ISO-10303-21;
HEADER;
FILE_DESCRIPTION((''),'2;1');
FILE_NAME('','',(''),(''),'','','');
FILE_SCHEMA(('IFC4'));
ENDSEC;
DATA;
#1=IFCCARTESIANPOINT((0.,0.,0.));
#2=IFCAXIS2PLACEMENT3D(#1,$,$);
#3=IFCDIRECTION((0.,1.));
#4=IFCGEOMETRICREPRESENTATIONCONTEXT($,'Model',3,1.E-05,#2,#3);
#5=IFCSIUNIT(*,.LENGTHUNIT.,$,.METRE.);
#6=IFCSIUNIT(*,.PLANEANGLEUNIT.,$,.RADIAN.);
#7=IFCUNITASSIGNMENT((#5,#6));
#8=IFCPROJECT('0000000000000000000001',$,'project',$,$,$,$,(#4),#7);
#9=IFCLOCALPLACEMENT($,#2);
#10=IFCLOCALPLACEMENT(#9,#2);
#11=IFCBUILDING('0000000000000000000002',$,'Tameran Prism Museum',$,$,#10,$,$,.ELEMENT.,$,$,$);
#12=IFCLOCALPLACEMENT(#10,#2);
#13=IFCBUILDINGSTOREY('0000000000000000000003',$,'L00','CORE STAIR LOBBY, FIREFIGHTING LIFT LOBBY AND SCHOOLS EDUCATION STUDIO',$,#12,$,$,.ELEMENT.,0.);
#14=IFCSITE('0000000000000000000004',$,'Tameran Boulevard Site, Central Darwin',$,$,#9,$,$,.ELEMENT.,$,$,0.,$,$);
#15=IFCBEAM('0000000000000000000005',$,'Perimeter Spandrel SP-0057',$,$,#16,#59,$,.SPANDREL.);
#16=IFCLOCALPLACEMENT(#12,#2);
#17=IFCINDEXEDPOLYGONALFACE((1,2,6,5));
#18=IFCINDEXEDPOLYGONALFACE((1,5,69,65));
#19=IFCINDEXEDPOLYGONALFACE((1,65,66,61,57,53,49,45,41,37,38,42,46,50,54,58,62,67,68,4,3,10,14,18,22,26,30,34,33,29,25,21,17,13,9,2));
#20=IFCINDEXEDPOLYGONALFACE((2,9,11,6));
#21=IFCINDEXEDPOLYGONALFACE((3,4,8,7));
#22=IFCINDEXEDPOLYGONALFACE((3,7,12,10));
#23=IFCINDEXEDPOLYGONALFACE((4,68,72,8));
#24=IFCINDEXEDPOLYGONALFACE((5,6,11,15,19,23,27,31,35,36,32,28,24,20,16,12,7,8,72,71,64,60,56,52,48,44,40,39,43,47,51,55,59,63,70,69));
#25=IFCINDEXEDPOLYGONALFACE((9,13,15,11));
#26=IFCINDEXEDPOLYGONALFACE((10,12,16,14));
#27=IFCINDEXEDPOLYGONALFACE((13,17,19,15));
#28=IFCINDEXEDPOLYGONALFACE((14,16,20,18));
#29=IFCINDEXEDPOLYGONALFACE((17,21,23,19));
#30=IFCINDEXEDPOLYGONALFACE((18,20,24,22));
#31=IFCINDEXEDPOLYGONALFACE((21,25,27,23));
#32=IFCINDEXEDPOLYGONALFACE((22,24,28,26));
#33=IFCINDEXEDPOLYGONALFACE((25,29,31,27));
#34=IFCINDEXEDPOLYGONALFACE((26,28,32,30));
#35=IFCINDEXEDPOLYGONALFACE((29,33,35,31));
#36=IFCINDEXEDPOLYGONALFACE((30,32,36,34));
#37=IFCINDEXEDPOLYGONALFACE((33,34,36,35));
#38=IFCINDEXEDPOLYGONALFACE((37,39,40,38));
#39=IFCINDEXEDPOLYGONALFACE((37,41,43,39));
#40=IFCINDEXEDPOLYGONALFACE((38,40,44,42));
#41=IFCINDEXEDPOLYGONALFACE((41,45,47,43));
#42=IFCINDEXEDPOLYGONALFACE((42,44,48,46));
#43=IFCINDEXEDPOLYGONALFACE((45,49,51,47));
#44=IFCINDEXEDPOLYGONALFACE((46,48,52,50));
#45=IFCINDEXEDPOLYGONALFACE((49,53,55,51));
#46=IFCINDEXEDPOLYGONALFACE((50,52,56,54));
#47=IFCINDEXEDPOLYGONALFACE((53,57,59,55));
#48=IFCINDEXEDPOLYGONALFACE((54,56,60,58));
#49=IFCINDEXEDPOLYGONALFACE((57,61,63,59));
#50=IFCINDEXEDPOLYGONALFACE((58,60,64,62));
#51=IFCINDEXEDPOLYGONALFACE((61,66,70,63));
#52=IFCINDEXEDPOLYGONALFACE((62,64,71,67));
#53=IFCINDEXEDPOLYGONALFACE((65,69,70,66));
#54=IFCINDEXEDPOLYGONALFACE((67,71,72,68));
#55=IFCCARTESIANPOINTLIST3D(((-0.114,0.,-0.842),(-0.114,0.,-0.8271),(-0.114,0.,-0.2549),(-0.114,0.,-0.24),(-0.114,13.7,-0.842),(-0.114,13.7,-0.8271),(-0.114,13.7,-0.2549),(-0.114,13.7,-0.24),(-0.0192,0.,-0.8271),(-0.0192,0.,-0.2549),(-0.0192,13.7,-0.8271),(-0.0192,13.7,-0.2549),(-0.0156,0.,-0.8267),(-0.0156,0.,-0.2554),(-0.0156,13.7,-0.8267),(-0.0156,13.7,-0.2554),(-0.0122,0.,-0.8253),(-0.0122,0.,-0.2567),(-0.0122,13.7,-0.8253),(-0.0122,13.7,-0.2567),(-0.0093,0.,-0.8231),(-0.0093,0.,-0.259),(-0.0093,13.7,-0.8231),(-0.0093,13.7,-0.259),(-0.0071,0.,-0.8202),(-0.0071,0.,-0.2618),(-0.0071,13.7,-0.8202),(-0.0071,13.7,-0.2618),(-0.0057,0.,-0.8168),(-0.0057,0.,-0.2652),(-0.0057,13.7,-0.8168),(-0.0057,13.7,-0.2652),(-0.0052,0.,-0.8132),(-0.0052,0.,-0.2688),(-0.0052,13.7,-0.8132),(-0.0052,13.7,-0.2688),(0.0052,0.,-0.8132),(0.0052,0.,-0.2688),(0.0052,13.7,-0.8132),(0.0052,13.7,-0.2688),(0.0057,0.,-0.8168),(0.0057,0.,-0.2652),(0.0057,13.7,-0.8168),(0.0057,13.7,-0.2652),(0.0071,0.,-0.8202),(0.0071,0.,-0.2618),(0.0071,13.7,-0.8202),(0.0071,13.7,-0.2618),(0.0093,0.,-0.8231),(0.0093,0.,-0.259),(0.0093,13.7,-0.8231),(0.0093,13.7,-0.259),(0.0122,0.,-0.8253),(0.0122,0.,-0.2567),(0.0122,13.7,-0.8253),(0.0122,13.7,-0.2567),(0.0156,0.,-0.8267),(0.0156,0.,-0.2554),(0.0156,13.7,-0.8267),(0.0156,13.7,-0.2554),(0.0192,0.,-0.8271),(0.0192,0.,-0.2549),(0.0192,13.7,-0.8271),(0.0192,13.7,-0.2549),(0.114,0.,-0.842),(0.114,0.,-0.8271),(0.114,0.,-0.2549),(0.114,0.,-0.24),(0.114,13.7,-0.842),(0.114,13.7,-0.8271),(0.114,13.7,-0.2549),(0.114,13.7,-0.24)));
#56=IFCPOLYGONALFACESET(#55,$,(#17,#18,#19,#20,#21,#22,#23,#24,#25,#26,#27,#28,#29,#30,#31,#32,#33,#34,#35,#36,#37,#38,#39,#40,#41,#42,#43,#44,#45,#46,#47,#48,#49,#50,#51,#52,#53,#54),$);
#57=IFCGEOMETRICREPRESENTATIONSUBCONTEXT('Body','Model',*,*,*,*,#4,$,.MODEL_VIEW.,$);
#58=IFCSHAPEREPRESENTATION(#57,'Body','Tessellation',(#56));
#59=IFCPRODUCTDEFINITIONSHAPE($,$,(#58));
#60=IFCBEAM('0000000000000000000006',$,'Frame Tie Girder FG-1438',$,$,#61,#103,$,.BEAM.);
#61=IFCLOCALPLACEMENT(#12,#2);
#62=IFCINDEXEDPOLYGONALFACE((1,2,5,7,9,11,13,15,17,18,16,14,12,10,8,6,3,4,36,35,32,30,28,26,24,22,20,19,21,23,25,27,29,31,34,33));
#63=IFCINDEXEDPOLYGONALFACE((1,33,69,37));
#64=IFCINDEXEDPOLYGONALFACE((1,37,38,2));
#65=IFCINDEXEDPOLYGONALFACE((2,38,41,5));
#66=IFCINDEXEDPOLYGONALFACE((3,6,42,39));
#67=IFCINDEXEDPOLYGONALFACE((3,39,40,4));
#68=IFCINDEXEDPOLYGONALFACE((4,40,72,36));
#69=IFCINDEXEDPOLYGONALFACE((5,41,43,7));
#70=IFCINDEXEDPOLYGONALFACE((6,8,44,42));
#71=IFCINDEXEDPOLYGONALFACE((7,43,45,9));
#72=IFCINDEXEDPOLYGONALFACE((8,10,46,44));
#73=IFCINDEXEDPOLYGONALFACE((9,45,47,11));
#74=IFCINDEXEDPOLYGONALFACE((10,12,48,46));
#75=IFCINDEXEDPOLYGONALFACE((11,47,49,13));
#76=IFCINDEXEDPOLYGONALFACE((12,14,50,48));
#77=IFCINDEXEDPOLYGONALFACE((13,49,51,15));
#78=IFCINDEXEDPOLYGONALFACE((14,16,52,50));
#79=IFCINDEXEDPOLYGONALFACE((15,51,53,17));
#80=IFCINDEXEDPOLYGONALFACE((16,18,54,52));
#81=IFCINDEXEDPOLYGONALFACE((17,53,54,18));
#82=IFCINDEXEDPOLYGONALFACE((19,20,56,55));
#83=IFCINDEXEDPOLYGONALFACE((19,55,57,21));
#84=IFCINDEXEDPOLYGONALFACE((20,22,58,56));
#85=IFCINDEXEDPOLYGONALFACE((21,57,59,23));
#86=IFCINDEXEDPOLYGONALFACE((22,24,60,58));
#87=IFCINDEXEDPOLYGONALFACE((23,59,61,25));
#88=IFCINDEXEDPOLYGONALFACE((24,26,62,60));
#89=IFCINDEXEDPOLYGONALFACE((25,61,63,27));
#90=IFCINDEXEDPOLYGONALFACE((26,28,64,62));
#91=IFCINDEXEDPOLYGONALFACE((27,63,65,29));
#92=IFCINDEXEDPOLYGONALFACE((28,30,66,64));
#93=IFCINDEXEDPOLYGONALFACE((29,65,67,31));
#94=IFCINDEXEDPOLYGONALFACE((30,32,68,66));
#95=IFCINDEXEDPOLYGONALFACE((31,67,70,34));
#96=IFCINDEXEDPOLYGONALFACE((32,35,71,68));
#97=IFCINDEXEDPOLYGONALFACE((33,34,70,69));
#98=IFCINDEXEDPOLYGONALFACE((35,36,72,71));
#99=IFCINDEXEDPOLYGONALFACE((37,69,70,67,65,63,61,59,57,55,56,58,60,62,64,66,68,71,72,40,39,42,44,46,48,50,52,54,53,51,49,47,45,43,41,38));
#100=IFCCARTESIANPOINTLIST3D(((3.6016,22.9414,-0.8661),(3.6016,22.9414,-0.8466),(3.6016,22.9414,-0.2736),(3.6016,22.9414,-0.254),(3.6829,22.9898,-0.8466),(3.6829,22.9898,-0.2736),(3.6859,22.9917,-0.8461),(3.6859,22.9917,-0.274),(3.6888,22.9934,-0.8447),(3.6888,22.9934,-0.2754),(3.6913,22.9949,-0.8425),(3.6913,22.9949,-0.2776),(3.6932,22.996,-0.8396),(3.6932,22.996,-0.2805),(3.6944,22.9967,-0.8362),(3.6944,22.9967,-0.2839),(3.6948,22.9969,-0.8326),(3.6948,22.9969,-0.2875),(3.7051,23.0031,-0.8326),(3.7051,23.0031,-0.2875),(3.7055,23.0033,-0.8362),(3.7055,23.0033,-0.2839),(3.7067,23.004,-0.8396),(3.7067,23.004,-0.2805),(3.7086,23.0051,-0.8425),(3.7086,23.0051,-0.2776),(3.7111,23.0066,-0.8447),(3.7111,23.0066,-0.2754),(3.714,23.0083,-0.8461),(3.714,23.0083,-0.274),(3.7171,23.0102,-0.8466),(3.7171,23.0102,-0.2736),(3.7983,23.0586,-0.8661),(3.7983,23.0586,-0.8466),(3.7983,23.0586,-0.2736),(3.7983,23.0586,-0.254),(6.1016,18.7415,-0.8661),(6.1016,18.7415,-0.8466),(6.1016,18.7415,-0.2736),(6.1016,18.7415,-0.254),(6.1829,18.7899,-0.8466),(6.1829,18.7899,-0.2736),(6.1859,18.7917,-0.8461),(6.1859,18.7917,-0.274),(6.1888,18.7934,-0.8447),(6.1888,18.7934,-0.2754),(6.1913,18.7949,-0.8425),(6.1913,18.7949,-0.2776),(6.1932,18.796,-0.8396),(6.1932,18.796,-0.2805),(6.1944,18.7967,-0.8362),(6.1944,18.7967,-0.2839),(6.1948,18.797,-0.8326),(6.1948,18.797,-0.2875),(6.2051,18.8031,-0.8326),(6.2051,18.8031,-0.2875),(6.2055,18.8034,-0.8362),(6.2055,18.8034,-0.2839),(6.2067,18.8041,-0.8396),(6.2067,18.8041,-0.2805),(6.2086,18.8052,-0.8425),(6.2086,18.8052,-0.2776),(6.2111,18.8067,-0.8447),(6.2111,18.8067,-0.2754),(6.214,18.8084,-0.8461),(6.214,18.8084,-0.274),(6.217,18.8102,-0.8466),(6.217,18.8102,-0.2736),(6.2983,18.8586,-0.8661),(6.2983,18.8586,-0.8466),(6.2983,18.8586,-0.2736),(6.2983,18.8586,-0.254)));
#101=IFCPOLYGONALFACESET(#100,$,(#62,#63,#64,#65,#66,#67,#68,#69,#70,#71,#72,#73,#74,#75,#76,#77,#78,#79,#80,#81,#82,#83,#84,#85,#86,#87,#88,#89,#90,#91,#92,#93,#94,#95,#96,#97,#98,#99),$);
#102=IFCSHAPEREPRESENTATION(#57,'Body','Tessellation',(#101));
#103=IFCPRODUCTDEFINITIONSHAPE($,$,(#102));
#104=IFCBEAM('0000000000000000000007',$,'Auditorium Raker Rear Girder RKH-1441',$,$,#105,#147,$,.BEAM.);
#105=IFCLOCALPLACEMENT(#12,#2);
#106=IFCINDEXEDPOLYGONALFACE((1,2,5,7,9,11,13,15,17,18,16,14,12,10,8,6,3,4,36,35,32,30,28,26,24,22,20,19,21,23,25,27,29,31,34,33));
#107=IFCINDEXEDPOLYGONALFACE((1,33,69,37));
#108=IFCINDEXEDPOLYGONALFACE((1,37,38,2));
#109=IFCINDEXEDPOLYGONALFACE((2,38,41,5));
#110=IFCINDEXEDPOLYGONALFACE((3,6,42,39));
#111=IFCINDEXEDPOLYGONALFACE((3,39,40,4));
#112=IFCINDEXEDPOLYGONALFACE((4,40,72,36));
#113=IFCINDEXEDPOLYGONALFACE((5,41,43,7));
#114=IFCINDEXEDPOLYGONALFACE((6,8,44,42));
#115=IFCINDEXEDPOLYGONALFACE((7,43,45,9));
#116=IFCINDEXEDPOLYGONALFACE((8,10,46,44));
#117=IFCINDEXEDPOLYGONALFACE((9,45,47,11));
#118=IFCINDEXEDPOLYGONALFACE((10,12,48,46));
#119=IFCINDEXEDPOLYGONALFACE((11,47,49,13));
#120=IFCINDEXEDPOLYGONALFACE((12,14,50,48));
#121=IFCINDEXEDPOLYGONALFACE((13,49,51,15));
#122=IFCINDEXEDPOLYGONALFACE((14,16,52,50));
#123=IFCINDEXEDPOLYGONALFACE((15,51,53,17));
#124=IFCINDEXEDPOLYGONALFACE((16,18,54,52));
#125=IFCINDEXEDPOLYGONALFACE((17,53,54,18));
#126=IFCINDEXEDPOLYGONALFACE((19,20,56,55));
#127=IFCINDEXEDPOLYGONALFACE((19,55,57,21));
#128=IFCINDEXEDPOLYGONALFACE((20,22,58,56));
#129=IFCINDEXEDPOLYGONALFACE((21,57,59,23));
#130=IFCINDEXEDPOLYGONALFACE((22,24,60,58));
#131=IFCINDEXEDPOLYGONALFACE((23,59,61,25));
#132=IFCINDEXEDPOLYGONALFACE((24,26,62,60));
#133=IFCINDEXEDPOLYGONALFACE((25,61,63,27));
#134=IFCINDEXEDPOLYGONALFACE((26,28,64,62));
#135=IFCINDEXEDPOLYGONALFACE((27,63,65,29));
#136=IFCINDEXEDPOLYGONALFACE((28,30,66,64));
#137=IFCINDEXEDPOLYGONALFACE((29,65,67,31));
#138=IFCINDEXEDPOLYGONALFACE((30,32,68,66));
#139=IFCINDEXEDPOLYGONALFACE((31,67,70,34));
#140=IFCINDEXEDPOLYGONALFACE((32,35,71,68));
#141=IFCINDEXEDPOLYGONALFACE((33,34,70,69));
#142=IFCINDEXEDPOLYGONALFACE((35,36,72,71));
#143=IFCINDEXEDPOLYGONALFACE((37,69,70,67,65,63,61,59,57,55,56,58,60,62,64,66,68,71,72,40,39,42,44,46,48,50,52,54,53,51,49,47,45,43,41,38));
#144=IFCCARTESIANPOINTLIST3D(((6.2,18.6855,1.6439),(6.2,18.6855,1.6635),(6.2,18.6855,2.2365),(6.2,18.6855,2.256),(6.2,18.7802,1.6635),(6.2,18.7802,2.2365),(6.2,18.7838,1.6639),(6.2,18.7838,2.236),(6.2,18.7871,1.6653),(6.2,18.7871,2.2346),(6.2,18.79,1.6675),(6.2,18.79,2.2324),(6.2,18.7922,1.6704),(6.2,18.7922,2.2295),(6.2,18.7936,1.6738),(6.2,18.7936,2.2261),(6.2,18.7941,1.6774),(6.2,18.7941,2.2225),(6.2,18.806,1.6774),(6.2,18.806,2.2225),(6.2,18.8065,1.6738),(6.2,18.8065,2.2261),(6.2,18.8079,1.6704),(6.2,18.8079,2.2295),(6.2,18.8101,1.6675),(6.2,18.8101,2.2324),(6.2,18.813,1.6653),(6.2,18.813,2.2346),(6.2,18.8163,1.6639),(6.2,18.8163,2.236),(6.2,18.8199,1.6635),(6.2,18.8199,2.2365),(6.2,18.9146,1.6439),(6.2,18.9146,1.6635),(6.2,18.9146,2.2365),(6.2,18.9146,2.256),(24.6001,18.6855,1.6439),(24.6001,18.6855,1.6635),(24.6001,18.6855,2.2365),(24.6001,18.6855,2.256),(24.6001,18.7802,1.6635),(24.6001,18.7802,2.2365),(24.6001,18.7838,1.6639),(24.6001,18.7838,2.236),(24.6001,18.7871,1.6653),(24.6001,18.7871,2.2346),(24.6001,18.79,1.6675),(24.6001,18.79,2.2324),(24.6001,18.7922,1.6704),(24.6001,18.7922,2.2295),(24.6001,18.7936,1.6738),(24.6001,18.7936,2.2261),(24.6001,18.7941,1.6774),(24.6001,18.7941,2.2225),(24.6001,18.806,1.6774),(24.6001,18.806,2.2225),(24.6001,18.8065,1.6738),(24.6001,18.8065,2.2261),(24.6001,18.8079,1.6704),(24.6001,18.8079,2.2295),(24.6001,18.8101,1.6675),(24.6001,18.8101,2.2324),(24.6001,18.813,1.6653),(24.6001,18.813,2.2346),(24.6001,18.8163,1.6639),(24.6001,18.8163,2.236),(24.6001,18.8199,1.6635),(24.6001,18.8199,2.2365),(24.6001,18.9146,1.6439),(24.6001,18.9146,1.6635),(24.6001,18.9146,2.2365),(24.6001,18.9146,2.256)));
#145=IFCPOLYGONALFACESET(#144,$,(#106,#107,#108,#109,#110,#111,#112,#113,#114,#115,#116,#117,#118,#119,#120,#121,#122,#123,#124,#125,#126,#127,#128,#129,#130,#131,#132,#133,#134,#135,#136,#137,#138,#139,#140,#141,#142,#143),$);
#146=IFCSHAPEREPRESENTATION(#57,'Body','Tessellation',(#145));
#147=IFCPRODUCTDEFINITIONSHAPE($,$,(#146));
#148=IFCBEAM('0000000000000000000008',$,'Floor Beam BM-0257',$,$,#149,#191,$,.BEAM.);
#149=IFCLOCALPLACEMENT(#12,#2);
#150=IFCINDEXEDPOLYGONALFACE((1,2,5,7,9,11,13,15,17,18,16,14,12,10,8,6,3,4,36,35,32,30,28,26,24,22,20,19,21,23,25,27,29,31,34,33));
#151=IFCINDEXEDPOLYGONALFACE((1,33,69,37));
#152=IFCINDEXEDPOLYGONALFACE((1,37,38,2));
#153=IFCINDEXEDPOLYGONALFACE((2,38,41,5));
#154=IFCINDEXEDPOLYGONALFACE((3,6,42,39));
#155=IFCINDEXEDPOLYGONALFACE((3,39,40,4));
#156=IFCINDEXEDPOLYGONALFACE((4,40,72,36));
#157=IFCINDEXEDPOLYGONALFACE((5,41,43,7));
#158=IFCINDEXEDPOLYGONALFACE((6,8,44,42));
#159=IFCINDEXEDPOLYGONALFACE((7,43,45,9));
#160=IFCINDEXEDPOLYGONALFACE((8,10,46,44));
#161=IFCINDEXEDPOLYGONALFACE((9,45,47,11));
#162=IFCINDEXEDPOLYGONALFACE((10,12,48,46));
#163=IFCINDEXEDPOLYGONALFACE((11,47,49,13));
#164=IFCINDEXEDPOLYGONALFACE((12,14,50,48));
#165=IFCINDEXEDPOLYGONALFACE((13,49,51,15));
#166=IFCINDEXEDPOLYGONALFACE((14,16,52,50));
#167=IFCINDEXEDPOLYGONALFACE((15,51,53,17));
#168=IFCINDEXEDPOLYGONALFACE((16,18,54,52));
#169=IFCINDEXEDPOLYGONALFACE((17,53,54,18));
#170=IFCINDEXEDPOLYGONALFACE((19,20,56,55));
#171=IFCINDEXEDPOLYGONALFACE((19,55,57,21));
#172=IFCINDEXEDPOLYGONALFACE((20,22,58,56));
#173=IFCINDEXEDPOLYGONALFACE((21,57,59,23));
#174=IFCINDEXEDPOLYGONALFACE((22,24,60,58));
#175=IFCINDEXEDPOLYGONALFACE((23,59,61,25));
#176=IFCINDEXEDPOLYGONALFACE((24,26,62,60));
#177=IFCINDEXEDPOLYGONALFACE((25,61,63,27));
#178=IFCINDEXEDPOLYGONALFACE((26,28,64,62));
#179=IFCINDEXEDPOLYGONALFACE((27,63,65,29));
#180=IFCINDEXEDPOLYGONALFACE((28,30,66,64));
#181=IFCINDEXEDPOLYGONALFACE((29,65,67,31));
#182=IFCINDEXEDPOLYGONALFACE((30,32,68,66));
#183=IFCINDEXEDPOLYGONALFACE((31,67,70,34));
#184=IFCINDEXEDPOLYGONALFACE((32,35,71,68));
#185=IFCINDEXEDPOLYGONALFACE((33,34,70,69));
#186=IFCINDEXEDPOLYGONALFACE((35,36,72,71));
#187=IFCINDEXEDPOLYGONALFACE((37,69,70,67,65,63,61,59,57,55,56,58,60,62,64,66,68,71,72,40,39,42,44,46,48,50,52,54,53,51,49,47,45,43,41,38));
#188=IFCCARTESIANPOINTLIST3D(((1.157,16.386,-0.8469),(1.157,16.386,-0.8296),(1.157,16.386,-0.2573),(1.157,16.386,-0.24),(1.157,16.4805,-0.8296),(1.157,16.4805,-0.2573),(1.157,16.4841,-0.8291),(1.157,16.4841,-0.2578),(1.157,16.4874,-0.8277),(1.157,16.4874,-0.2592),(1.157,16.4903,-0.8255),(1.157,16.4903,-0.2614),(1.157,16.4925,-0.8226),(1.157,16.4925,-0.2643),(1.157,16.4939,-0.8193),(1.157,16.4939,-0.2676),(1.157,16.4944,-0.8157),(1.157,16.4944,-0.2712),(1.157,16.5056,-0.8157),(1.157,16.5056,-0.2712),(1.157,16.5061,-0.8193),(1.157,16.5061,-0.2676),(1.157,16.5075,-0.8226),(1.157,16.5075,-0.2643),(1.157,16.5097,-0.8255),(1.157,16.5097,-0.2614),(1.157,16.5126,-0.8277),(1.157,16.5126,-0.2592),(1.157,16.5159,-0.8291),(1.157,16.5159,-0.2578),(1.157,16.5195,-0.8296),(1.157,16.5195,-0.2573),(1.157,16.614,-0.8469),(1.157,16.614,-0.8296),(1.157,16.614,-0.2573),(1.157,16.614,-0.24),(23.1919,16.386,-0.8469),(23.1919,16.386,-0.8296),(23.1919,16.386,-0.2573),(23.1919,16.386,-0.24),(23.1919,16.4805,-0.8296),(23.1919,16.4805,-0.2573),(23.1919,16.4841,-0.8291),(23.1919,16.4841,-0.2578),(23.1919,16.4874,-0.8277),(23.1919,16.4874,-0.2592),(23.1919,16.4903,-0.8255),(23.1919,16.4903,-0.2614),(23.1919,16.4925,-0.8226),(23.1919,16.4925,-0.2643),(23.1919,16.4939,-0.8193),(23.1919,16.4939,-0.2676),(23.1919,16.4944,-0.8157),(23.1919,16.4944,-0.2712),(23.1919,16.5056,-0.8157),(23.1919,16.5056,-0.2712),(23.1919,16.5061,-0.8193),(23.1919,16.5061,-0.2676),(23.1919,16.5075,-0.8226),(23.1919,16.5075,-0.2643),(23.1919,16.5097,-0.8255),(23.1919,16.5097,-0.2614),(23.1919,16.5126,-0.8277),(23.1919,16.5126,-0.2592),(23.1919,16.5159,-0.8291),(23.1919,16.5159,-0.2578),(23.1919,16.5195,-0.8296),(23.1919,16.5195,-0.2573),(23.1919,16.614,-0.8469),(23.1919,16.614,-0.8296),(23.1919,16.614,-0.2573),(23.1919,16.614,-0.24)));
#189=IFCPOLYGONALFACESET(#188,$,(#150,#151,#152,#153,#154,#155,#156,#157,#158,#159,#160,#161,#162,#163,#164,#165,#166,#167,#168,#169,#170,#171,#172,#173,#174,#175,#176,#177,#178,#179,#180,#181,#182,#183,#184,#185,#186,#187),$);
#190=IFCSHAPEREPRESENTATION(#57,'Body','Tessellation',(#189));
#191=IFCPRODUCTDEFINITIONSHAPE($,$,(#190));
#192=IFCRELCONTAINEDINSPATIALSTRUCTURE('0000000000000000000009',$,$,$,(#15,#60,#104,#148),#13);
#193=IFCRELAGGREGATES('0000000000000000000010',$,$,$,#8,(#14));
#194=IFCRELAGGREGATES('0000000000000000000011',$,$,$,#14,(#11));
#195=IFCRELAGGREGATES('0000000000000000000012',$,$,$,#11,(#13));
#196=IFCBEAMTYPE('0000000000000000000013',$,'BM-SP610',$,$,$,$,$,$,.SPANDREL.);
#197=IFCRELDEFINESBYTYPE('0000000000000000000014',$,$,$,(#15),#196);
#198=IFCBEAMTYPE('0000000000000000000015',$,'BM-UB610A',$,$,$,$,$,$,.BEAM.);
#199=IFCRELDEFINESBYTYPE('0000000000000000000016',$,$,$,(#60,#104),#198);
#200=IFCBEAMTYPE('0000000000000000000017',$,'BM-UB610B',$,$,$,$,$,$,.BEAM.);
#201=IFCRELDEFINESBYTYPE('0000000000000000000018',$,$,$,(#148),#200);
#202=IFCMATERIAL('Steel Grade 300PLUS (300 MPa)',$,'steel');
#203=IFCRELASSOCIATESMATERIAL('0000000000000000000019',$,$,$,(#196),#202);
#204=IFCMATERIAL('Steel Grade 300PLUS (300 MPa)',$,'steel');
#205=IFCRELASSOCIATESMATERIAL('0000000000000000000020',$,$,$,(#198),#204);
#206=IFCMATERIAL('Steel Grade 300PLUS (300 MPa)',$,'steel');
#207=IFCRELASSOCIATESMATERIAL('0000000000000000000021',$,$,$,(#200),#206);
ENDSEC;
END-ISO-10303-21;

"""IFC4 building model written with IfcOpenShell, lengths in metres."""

from ifc_helpers import new_model, si_unit, direction, frame, origin, origin_2d, place, context, subcontext, project, spatial, i_section, extrude, material, material_profile, profile_set, type_object, element, save


model = new_model("IFC4")

# Units and contexts
model_context = context("Model", 3, precision=1e-05, world=origin(), true_north=direction((0.0, 1.0)))
body_context = subcontext(model_context, "Body", "Model", "MODEL_VIEW")
ifc_project = project(units=[si_unit("LENGTHUNIT", "METRE"), si_unit("PLANEANGLEUNIT", "RADIAN")], contexts=[model_context])

# Site, building, storey
site_placement = place(None, origin())
site = spatial("IfcSite", under=ifc_project, at=site_placement, Name="Tameran Boulevard Site, Central Darwin", CompositionType="ELEMENT", RefElevation=0.0)
building_placement = place(site_placement, origin())
building = spatial("IfcBuilding", under=site, at=building_placement, Name="Tameran Prism Museum", CompositionType="ELEMENT")
storey_placement = place(building_placement, origin())
storey = spatial("IfcBuildingStorey", under=building, at=storey_placement, Name="L00", Description="CORE STAIR LOBBY, FIREFIGHTING LIFT LOBBY AND SCHOOLS EDUCATION STUDIO", CompositionType="ELEMENT", Elevation=0.0)

# Beams
ifc_material_1 = material(Name="Steel Grade 300PLUS (300 MPa)", Category="steel")
ifc_material_profile_1 = material_profile(ifc_material_1, i_section(OverallWidth=0.228, OverallDepth=0.6021, WebThickness=0.0105, FlangeThickness=0.0149, FilletRadius=0.0139, at=origin_2d()))
ifc_profile_set_1 = profile_set([ifc_material_profile_1])
beam_type_1 = type_object("IfcBeamType", Name="BM-SP610", PredefinedType="SPANDREL", material=ifc_profile_set_1)
beam_1_placement = place(storey_placement, frame((0.0, 13.7, -0.541), z_axis=(0.0, -1.0, 0.0), x_axis=(1.0, 0.0, 0.0)))
element("IfcBeam", 1, at=beam_1_placement, inside=storey, type_object=beam_type_1, Name="Perimeter Spandrel SP-0057", PredefinedType="SPANDREL", context=body_context, shape_type="SweptSolid", body=[
    extrude(i_section(OverallWidth=0.228, OverallDepth=0.6021, WebThickness=0.0105, FlangeThickness=0.0149, FilletRadius=0.0139, at=origin_2d()), origin(), (0.0, 0.0, 1.0), 13.7),
])
ifc_material_2 = material(Name="Steel Grade 300PLUS (300 MPa)", Category="steel")
ifc_material_profile_2 = material_profile(ifc_material_2, i_section(OverallWidth=0.229, OverallDepth=0.6121, WebThickness=0.012, FlangeThickness=0.0195, FilletRadius=0.0139, at=origin_2d()))
ifc_profile_set_2 = profile_set([ifc_material_profile_2])
beam_type_2 = type_object("IfcBeamType", Name="BM-UB610A", PredefinedType="BEAM", material=ifc_profile_set_2)
beam_2_placement = place(storey_placement, frame((6.2, 18.8, -0.5601), z_axis=(-0.511488, 0.85929, 0.0), x_axis=(-0.85929, -0.511488, 0.0)))
element("IfcBeam", 2, at=beam_2_placement, inside=storey, type_object=beam_type_2, Name="Frame Tie Girder FG-1438", PredefinedType="BEAM", context=body_context, shape_type="SweptSolid", body=[
    extrude(i_section(OverallWidth=0.229, OverallDepth=0.6121, WebThickness=0.012, FlangeThickness=0.0195, FilletRadius=0.0139, at=origin_2d()), origin(), (0.0, 0.0, 1.0), 4.8877),
])
beam_3_placement = place(storey_placement, frame((6.2, 18.8, 1.95), z_axis=(1.0, 0.0, 0.0), x_axis=(0.0, 1.0, 0.0)))
element("IfcBeam", 3, at=beam_3_placement, inside=storey, type_object=beam_type_2, Name="Auditorium Raker Rear Girder RKH-1441", PredefinedType="BEAM", context=body_context, shape_type="SweptSolid", body=[
    extrude(i_section(OverallWidth=0.229, OverallDepth=0.6121, WebThickness=0.012, FlangeThickness=0.0195, FilletRadius=0.0139, at=origin_2d()), origin(), (0.0, 0.0, 1.0), 18.4001),
])
ifc_material_3 = material(Name="Steel Grade 300PLUS (300 MPa)", Category="steel")
ifc_material_profile_3 = material_profile(ifc_material_3, i_section(OverallWidth=0.228, OverallDepth=0.6069, WebThickness=0.0112, FlangeThickness=0.0173, FilletRadius=0.0139, at=origin_2d()))
ifc_profile_set_3 = profile_set([ifc_material_profile_3])
beam_type_3 = type_object("IfcBeamType", Name="BM-UB610B", PredefinedType="BEAM", material=ifc_profile_set_3)
beam_4_placement = place(storey_placement, frame((1.157, 16.5, -0.5435), z_axis=(1.0, 0.0, 0.0), x_axis=(0.0, 1.0, 0.0)))
element("IfcBeam", 4, at=beam_4_placement, inside=storey, type_object=beam_type_3, Name="Floor Beam BM-0257", PredefinedType="BEAM", context=body_context, shape_type="SweptSolid", body=[
    extrude(i_section(OverallWidth=0.228, OverallDepth=0.6069, WebThickness=0.0112, FlangeThickness=0.0173, FilletRadius=0.0139, at=origin_2d()), origin(), (0.0, 0.0, 1.0), 22.0349),
])

save(model, "model.ifc")
